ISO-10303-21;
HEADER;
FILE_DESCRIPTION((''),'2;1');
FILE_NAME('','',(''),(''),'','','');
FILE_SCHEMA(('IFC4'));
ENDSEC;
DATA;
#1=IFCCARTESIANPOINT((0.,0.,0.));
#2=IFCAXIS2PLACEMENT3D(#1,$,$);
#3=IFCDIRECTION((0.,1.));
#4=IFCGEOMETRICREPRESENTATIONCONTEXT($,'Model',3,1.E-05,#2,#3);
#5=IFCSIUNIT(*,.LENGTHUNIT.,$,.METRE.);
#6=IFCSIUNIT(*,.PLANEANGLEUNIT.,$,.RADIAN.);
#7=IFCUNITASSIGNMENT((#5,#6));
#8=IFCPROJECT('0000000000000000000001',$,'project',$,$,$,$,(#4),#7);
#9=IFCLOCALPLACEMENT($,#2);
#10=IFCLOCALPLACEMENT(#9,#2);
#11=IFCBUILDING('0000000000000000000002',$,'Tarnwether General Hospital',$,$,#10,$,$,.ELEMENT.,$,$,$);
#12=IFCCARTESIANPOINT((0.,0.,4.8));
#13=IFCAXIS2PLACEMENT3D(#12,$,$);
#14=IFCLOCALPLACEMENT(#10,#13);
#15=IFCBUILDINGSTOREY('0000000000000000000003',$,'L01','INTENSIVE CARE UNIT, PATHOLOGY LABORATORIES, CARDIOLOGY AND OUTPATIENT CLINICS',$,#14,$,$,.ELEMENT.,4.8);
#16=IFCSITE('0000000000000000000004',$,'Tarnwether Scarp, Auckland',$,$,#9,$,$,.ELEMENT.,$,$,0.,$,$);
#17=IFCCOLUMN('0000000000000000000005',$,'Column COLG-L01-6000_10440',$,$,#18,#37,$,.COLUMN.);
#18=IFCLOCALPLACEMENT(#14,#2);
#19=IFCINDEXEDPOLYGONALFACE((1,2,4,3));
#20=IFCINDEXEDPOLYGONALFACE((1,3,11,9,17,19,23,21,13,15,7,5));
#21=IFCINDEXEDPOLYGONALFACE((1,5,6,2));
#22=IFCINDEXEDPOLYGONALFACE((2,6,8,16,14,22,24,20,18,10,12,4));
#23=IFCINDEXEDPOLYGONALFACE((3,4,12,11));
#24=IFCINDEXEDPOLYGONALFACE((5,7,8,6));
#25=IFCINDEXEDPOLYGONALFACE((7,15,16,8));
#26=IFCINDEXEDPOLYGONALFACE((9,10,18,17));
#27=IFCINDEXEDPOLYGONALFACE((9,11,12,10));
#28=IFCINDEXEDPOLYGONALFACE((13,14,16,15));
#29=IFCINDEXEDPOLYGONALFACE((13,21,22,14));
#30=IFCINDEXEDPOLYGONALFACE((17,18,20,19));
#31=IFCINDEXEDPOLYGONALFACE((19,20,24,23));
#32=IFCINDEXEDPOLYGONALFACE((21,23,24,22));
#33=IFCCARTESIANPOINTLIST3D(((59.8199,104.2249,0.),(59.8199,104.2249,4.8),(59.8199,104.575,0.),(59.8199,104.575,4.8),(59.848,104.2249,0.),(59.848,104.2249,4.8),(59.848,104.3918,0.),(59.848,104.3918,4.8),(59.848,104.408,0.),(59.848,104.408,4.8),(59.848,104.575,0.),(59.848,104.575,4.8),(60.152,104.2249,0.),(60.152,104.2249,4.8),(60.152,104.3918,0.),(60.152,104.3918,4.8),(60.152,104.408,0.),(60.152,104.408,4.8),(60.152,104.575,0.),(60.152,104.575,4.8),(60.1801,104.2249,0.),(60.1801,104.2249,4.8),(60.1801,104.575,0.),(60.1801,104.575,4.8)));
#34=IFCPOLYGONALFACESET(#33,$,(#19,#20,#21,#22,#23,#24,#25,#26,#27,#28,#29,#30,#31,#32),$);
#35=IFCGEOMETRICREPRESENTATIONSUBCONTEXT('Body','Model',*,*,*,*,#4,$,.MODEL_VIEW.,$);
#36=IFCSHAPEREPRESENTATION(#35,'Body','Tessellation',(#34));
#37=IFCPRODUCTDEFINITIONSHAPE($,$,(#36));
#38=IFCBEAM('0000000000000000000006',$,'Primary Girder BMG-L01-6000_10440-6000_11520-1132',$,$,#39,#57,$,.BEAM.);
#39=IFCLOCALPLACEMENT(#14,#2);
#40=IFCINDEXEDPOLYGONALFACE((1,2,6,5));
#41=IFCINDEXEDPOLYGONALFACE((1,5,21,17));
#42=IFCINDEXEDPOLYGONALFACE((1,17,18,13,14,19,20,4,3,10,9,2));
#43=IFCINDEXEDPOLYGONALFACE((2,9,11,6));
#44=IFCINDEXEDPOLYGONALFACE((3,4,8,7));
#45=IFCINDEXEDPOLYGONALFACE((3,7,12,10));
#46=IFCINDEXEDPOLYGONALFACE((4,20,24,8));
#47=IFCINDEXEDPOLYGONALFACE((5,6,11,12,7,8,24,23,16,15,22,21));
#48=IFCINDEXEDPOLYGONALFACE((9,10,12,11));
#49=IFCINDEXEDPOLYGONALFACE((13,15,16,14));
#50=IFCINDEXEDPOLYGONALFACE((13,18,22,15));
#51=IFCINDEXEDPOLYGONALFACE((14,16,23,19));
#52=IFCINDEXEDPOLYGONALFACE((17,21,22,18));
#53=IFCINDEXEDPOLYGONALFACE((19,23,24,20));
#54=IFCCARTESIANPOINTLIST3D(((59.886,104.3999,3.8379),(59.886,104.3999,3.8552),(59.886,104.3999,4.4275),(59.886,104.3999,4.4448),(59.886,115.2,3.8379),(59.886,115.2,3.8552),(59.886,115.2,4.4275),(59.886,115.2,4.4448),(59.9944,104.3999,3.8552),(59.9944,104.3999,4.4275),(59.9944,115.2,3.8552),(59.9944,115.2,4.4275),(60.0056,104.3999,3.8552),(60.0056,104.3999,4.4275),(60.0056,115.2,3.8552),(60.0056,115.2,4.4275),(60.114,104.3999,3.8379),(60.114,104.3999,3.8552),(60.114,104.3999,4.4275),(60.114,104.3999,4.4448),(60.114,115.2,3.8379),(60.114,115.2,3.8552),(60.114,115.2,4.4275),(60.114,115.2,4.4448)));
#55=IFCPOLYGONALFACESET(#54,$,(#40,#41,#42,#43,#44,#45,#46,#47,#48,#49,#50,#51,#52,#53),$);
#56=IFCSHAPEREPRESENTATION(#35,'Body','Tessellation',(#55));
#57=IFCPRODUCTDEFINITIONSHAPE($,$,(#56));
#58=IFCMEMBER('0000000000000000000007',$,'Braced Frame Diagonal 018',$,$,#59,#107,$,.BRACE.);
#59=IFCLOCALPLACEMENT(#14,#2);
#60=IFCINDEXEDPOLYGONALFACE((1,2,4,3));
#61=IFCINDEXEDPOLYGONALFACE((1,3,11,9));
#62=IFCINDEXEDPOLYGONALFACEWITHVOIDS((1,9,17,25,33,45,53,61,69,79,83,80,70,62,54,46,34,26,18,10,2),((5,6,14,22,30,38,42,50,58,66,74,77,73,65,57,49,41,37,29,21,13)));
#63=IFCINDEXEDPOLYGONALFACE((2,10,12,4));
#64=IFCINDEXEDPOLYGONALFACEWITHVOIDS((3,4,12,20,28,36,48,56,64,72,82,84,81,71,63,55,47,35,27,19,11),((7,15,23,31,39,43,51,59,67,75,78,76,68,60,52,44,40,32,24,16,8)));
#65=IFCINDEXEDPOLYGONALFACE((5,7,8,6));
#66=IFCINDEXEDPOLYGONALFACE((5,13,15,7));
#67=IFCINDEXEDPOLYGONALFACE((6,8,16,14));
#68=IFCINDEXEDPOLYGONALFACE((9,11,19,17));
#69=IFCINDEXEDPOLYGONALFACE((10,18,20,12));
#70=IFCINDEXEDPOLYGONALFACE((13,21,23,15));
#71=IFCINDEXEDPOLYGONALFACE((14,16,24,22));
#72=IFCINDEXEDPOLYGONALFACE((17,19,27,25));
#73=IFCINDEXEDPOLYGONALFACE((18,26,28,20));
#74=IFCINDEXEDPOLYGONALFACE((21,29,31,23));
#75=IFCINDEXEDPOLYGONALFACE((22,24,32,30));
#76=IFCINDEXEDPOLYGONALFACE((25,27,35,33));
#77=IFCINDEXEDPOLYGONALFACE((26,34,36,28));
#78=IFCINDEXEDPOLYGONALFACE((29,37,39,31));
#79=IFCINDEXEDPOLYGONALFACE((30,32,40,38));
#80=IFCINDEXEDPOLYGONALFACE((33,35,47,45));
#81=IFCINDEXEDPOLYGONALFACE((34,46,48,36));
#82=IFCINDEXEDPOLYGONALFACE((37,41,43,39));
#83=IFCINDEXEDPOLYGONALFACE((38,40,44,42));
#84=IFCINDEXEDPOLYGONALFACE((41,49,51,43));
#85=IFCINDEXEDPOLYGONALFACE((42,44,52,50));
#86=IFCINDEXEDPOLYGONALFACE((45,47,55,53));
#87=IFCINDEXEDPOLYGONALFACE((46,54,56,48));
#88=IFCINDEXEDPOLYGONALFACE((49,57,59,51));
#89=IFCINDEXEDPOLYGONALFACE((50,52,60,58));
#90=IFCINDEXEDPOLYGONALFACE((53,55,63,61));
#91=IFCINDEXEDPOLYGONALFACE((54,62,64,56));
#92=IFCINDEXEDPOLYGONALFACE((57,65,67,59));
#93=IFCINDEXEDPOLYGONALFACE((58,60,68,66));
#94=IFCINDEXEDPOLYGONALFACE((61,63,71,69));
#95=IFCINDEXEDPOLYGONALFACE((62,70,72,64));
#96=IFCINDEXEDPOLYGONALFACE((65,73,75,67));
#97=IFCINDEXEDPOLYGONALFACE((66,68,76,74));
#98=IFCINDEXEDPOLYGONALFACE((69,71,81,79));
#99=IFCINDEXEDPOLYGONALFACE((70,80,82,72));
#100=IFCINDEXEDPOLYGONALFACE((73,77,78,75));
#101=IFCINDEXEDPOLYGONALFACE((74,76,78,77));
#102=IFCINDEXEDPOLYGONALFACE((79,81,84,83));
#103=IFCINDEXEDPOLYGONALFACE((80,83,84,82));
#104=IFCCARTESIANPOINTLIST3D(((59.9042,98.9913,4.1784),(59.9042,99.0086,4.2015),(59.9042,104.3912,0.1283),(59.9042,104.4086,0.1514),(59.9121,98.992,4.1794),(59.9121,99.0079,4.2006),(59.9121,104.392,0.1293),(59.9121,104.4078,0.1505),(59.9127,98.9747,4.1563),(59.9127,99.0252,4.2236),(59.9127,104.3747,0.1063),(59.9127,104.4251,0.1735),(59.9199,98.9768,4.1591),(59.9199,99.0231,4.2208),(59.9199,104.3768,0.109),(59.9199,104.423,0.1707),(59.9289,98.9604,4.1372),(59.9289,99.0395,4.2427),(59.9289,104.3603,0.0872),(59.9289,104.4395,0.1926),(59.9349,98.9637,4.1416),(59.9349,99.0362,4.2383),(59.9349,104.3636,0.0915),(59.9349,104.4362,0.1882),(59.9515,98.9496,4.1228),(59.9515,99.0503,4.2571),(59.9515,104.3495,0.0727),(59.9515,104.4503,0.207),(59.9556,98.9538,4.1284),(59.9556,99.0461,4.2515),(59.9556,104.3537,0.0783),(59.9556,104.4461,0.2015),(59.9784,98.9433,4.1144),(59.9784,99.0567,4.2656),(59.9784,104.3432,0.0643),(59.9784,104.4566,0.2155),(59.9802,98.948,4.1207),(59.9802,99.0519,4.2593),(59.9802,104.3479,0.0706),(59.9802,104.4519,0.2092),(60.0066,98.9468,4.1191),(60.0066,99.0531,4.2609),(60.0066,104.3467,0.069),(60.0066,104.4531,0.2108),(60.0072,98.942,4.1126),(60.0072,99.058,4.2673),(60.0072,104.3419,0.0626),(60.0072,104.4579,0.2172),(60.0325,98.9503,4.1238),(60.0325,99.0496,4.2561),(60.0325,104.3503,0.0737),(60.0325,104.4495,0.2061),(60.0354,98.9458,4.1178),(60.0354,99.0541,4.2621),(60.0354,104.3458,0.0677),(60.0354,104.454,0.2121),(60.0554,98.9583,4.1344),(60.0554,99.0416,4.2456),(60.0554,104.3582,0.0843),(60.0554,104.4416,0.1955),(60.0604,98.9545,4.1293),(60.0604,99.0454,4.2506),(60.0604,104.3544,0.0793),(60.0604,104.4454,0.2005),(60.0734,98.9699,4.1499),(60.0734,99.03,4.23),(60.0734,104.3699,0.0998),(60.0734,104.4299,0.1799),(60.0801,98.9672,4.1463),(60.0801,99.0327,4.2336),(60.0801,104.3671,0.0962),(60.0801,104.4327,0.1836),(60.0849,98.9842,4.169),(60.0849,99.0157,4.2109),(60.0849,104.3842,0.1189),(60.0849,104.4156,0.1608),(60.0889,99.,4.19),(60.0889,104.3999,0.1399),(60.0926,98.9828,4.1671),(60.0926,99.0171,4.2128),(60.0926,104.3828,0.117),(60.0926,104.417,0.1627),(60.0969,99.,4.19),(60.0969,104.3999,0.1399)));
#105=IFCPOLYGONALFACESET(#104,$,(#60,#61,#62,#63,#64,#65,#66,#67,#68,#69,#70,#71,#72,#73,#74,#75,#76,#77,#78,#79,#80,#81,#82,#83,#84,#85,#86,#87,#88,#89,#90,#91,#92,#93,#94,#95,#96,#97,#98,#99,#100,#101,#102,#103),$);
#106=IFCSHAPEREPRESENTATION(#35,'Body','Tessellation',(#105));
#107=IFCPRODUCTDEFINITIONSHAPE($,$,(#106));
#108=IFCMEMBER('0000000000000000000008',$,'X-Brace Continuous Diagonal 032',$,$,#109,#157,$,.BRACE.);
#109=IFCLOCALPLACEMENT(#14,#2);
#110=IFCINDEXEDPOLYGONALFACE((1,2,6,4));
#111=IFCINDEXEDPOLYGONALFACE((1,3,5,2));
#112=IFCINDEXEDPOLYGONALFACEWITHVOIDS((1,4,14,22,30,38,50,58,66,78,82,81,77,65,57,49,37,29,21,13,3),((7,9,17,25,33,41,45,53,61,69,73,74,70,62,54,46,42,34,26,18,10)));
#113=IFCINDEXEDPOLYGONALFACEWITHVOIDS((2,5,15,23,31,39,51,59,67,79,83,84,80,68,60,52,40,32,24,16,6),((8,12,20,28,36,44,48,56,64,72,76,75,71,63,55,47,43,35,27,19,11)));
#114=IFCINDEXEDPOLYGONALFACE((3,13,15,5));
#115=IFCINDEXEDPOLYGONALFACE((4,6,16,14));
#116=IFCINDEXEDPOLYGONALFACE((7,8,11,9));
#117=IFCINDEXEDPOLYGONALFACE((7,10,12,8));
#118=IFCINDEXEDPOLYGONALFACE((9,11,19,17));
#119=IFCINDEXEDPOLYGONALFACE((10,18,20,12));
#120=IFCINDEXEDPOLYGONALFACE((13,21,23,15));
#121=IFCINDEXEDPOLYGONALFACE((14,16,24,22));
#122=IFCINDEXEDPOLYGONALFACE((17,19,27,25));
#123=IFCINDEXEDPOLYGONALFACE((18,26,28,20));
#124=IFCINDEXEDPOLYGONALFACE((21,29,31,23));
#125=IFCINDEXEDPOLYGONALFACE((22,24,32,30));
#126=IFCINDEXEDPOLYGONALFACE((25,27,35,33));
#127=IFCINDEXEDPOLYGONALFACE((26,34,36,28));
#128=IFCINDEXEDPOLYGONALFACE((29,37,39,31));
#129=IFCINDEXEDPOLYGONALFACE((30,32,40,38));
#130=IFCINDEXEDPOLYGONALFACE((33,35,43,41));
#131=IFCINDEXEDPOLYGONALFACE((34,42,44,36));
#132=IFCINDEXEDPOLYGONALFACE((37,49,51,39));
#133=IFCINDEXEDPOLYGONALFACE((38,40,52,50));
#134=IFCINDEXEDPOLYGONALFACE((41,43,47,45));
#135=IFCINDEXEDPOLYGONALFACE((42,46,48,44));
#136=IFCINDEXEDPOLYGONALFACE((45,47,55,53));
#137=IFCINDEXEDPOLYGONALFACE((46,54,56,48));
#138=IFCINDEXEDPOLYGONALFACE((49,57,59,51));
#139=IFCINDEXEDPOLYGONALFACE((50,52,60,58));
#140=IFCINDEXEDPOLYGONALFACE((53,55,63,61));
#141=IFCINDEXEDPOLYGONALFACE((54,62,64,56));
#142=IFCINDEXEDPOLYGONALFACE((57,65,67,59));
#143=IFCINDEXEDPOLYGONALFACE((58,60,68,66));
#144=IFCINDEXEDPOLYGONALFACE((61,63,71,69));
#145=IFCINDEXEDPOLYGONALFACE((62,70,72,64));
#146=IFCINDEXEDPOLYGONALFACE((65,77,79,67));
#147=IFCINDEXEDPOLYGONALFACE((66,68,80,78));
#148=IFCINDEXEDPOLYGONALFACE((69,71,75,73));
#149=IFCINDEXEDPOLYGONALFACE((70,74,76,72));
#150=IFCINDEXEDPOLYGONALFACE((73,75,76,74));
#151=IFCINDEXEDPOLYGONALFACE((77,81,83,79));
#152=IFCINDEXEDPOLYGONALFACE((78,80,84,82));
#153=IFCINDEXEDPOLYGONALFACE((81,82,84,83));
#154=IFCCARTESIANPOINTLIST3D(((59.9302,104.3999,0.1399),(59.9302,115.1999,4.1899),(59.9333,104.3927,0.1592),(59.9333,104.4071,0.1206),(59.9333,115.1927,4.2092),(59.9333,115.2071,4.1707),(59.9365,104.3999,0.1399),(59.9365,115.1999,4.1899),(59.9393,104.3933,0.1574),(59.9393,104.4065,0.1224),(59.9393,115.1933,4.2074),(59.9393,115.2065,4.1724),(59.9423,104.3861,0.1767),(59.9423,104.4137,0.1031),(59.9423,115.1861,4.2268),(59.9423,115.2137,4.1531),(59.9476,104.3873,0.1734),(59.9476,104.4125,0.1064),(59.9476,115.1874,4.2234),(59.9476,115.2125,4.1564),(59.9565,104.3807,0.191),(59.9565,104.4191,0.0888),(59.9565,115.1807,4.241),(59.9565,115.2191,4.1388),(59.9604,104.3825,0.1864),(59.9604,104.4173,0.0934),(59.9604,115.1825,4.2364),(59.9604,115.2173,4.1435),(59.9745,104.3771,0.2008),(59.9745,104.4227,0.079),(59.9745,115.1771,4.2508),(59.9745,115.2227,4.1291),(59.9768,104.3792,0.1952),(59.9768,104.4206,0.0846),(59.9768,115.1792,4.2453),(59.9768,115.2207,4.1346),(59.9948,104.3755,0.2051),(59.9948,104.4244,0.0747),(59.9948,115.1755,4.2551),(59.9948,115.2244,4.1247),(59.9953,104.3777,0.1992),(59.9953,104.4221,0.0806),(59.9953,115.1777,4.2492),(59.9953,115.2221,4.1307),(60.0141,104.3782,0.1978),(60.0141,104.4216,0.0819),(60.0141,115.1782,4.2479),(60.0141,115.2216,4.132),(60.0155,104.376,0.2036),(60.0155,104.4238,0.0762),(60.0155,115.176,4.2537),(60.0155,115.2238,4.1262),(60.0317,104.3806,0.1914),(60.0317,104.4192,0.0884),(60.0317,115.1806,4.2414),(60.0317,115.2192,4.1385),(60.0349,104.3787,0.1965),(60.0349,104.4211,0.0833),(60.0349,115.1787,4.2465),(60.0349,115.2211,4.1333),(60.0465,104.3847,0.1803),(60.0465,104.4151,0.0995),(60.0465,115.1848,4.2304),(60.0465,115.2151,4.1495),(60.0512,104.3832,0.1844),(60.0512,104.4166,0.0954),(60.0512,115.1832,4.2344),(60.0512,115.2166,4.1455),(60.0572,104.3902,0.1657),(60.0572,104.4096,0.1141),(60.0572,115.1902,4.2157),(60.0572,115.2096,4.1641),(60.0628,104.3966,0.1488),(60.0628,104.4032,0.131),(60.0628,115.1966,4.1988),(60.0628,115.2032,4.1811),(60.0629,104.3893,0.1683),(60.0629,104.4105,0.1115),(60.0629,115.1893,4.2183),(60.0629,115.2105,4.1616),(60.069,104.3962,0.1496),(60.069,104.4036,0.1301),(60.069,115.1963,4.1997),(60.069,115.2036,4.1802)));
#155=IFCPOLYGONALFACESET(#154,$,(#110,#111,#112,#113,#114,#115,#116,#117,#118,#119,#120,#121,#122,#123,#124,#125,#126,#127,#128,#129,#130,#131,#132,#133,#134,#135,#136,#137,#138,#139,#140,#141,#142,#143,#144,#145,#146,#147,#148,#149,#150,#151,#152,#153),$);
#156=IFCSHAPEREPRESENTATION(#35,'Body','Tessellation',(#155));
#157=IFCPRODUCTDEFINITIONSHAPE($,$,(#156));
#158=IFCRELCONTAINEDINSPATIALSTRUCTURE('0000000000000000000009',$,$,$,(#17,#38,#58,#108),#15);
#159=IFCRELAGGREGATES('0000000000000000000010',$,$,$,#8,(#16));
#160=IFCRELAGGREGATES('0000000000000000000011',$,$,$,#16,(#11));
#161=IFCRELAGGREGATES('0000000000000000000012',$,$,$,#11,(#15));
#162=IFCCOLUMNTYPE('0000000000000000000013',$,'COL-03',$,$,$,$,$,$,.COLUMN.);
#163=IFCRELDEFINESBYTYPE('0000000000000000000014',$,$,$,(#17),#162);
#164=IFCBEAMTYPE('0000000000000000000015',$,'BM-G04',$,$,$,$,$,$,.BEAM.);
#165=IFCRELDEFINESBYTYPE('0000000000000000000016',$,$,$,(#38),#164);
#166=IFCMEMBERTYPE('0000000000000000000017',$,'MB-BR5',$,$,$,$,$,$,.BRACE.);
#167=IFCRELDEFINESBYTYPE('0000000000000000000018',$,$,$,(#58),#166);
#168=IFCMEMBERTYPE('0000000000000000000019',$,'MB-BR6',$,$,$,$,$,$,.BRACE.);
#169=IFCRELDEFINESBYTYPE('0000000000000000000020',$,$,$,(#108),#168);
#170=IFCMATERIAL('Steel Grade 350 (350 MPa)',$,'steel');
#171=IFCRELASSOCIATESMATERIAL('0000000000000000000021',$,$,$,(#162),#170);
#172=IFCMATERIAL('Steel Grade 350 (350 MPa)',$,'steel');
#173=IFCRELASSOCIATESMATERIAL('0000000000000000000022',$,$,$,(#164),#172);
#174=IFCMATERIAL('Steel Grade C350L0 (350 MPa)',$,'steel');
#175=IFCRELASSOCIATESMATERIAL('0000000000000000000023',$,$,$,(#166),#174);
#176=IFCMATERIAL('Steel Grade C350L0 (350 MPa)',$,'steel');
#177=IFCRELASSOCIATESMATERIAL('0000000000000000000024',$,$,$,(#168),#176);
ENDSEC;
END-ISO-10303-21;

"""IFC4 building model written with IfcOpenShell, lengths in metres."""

from ifc_helpers import new_model, si_unit, direction, frame, origin, origin_2d, place, context, subcontext, project, spatial, hollow_circle, i_section, extrude, material, material_profile, profile_set, type_object, element, save


model = new_model("IFC4")

# Units and contexts
model_context = context("Model", 3, precision=1e-05, world=origin(), true_north=direction((0.0, 1.0)))
body_context = subcontext(model_context, "Body", "Model", "MODEL_VIEW")
ifc_project = project(units=[si_unit("LENGTHUNIT", "METRE"), si_unit("PLANEANGLEUNIT", "RADIAN")], contexts=[model_context])

# Site, building, storey
site_placement = place(None, origin())
site = spatial("IfcSite", under=ifc_project, at=site_placement, Name="Tarnwether Scarp, Auckland", CompositionType="ELEMENT", RefElevation=0.0)
building_placement = place(site_placement, origin())
building = spatial("IfcBuilding", under=site, at=building_placement, Name="Tarnwether General Hospital", CompositionType="ELEMENT")
storey_placement = place(building_placement, frame((0.0, 0.0, 4.8)))
storey = spatial("IfcBuildingStorey", under=building, at=storey_placement, Name="L01", Description="INTENSIVE CARE UNIT, PATHOLOGY LABORATORIES, CARDIOLOGY AND OUTPATIENT CLINICS", CompositionType="ELEMENT", Elevation=4.8)

# Column
ifc_material_1 = material(Name="Steel Grade 350 (350 MPa)", Category="steel")
ifc_material_profile_1 = material_profile(ifc_material_1, i_section(OverallWidth=0.3501, OverallDepth=0.3601, WebThickness=0.0161, FlangeThickness=0.0281, at=origin_2d()), Name="350WC230")
ifc_profile_set_1 = profile_set([ifc_material_profile_1], Name="Steel Grade 350 (350 MPa)")
column_type = type_object("IfcColumnType", Name="COL-03", PredefinedType="COLUMN", material=ifc_profile_set_1)
column_placement = place(storey_placement, frame((60.0, 104.3999, 0.0), z_axis=(0.0, 0.0, 1.0), x_axis=(0.0, 1.0, 0.0)))
element("IfcColumn", 1, at=column_placement, inside=storey, type_object=column_type, Name="Column COLG-L01-6000_10440", PredefinedType="COLUMN", context=body_context, shape_type="SweptSolid", body=[
    extrude(i_section(OverallWidth=0.3501, OverallDepth=0.3601, WebThickness=0.0161, FlangeThickness=0.0281, at=origin_2d()), origin(), (0.0, 0.0, 1.0), 4.8),
])

# Beam
ifc_material_2 = material(Name="Steel Grade 350 (350 MPa)", Category="steel")
ifc_material_profile_2 = material_profile(ifc_material_2, i_section(OverallWidth=0.228, OverallDepth=0.6069, WebThickness=0.0112, FlangeThickness=0.0173, at=origin_2d()), Name="610UB113")
ifc_profile_set_2 = profile_set([ifc_material_profile_2], Name="Steel Grade 350 (350 MPa)")
beam_type = type_object("IfcBeamType", Name="BM-G04", PredefinedType="BEAM", material=ifc_profile_set_2)
beam_placement = place(storey_placement, frame((60.0, 104.3999, 4.1414), z_axis=(0.0, 1.0, 0.0), x_axis=(-1.0, 0.0, 0.0)))
element("IfcBeam", 2, at=beam_placement, inside=storey, type_object=beam_type, Name="Primary Girder BMG-L01-6000_10440-6000_11520-1132", PredefinedType="BEAM", context=body_context, shape_type="SweptSolid", body=[
    extrude(i_section(OverallWidth=0.228, OverallDepth=0.6069, WebThickness=0.0112, FlangeThickness=0.0173, at=origin_2d()), origin(), (0.0, 0.0, 1.0), 10.8),
])

# Members
ifc_material_3 = material(Name="Steel Grade C350L0 (350 MPa)", Category="steel")
ifc_material_profile_3 = material_profile(ifc_material_3, hollow_circle(Radius=0.0969, WallThickness=0.0081, at=origin_2d()), Name="CHS193.7x8.0")
ifc_profile_set_3 = profile_set([ifc_material_profile_3], Name="Steel Grade C350L0 (350 MPa)")
member_type_1 = type_object("IfcMemberType", Name="MB-BR5", PredefinedType="BRACE", material=ifc_profile_set_3)
member_1_placement = place(storey_placement, frame((60.0, 104.3999, 0.1399), z_axis=(0.0, -0.799991, 0.600012), x_axis=(1.0, 0.0, 0.0)))
element("IfcMember", 3, at=member_1_placement, inside=storey, type_object=member_type_1, Name="Braced Frame Diagonal 018", PredefinedType="BRACE", context=body_context, shape_type="SweptSolid", body=[
    extrude(hollow_circle(Radius=0.0969, WallThickness=0.0081, at=origin_2d()), origin(), (0.0, 0.0, 1.0), 6.75),
])
ifc_material_4 = material(Name="Steel Grade C350L0 (350 MPa)", Category="steel")
ifc_material_profile_4 = material_profile(ifc_material_4, hollow_circle(Radius=0.0698, WallThickness=0.0063, at=origin_2d()), Name="CHS139.7x6.4")
ifc_profile_set_4 = profile_set([ifc_material_profile_4], Name="Steel Grade C350L0 (350 MPa)")
member_type_2 = type_object("IfcMemberType", Name="MB-BR6", PredefinedType="BRACE", material=ifc_profile_set_4)
member_2_placement = place(storey_placement, frame((60.0, 104.3999, 0.1399), z_axis=(0.0, 0.936328, 0.351126), x_axis=(-1.0, 0.0, 0.0)))
element("IfcMember", 4, at=member_2_placement, inside=storey, type_object=member_type_2, Name="X-Brace Continuous Diagonal 032", PredefinedType="BRACE", context=body_context, shape_type="SweptSolid", body=[
    extrude(hollow_circle(Radius=0.0698, WallThickness=0.0063, at=origin_2d()), origin(), (0.0, 0.0, 1.0), 11.5344),
])

save(model, "model.ifc")
